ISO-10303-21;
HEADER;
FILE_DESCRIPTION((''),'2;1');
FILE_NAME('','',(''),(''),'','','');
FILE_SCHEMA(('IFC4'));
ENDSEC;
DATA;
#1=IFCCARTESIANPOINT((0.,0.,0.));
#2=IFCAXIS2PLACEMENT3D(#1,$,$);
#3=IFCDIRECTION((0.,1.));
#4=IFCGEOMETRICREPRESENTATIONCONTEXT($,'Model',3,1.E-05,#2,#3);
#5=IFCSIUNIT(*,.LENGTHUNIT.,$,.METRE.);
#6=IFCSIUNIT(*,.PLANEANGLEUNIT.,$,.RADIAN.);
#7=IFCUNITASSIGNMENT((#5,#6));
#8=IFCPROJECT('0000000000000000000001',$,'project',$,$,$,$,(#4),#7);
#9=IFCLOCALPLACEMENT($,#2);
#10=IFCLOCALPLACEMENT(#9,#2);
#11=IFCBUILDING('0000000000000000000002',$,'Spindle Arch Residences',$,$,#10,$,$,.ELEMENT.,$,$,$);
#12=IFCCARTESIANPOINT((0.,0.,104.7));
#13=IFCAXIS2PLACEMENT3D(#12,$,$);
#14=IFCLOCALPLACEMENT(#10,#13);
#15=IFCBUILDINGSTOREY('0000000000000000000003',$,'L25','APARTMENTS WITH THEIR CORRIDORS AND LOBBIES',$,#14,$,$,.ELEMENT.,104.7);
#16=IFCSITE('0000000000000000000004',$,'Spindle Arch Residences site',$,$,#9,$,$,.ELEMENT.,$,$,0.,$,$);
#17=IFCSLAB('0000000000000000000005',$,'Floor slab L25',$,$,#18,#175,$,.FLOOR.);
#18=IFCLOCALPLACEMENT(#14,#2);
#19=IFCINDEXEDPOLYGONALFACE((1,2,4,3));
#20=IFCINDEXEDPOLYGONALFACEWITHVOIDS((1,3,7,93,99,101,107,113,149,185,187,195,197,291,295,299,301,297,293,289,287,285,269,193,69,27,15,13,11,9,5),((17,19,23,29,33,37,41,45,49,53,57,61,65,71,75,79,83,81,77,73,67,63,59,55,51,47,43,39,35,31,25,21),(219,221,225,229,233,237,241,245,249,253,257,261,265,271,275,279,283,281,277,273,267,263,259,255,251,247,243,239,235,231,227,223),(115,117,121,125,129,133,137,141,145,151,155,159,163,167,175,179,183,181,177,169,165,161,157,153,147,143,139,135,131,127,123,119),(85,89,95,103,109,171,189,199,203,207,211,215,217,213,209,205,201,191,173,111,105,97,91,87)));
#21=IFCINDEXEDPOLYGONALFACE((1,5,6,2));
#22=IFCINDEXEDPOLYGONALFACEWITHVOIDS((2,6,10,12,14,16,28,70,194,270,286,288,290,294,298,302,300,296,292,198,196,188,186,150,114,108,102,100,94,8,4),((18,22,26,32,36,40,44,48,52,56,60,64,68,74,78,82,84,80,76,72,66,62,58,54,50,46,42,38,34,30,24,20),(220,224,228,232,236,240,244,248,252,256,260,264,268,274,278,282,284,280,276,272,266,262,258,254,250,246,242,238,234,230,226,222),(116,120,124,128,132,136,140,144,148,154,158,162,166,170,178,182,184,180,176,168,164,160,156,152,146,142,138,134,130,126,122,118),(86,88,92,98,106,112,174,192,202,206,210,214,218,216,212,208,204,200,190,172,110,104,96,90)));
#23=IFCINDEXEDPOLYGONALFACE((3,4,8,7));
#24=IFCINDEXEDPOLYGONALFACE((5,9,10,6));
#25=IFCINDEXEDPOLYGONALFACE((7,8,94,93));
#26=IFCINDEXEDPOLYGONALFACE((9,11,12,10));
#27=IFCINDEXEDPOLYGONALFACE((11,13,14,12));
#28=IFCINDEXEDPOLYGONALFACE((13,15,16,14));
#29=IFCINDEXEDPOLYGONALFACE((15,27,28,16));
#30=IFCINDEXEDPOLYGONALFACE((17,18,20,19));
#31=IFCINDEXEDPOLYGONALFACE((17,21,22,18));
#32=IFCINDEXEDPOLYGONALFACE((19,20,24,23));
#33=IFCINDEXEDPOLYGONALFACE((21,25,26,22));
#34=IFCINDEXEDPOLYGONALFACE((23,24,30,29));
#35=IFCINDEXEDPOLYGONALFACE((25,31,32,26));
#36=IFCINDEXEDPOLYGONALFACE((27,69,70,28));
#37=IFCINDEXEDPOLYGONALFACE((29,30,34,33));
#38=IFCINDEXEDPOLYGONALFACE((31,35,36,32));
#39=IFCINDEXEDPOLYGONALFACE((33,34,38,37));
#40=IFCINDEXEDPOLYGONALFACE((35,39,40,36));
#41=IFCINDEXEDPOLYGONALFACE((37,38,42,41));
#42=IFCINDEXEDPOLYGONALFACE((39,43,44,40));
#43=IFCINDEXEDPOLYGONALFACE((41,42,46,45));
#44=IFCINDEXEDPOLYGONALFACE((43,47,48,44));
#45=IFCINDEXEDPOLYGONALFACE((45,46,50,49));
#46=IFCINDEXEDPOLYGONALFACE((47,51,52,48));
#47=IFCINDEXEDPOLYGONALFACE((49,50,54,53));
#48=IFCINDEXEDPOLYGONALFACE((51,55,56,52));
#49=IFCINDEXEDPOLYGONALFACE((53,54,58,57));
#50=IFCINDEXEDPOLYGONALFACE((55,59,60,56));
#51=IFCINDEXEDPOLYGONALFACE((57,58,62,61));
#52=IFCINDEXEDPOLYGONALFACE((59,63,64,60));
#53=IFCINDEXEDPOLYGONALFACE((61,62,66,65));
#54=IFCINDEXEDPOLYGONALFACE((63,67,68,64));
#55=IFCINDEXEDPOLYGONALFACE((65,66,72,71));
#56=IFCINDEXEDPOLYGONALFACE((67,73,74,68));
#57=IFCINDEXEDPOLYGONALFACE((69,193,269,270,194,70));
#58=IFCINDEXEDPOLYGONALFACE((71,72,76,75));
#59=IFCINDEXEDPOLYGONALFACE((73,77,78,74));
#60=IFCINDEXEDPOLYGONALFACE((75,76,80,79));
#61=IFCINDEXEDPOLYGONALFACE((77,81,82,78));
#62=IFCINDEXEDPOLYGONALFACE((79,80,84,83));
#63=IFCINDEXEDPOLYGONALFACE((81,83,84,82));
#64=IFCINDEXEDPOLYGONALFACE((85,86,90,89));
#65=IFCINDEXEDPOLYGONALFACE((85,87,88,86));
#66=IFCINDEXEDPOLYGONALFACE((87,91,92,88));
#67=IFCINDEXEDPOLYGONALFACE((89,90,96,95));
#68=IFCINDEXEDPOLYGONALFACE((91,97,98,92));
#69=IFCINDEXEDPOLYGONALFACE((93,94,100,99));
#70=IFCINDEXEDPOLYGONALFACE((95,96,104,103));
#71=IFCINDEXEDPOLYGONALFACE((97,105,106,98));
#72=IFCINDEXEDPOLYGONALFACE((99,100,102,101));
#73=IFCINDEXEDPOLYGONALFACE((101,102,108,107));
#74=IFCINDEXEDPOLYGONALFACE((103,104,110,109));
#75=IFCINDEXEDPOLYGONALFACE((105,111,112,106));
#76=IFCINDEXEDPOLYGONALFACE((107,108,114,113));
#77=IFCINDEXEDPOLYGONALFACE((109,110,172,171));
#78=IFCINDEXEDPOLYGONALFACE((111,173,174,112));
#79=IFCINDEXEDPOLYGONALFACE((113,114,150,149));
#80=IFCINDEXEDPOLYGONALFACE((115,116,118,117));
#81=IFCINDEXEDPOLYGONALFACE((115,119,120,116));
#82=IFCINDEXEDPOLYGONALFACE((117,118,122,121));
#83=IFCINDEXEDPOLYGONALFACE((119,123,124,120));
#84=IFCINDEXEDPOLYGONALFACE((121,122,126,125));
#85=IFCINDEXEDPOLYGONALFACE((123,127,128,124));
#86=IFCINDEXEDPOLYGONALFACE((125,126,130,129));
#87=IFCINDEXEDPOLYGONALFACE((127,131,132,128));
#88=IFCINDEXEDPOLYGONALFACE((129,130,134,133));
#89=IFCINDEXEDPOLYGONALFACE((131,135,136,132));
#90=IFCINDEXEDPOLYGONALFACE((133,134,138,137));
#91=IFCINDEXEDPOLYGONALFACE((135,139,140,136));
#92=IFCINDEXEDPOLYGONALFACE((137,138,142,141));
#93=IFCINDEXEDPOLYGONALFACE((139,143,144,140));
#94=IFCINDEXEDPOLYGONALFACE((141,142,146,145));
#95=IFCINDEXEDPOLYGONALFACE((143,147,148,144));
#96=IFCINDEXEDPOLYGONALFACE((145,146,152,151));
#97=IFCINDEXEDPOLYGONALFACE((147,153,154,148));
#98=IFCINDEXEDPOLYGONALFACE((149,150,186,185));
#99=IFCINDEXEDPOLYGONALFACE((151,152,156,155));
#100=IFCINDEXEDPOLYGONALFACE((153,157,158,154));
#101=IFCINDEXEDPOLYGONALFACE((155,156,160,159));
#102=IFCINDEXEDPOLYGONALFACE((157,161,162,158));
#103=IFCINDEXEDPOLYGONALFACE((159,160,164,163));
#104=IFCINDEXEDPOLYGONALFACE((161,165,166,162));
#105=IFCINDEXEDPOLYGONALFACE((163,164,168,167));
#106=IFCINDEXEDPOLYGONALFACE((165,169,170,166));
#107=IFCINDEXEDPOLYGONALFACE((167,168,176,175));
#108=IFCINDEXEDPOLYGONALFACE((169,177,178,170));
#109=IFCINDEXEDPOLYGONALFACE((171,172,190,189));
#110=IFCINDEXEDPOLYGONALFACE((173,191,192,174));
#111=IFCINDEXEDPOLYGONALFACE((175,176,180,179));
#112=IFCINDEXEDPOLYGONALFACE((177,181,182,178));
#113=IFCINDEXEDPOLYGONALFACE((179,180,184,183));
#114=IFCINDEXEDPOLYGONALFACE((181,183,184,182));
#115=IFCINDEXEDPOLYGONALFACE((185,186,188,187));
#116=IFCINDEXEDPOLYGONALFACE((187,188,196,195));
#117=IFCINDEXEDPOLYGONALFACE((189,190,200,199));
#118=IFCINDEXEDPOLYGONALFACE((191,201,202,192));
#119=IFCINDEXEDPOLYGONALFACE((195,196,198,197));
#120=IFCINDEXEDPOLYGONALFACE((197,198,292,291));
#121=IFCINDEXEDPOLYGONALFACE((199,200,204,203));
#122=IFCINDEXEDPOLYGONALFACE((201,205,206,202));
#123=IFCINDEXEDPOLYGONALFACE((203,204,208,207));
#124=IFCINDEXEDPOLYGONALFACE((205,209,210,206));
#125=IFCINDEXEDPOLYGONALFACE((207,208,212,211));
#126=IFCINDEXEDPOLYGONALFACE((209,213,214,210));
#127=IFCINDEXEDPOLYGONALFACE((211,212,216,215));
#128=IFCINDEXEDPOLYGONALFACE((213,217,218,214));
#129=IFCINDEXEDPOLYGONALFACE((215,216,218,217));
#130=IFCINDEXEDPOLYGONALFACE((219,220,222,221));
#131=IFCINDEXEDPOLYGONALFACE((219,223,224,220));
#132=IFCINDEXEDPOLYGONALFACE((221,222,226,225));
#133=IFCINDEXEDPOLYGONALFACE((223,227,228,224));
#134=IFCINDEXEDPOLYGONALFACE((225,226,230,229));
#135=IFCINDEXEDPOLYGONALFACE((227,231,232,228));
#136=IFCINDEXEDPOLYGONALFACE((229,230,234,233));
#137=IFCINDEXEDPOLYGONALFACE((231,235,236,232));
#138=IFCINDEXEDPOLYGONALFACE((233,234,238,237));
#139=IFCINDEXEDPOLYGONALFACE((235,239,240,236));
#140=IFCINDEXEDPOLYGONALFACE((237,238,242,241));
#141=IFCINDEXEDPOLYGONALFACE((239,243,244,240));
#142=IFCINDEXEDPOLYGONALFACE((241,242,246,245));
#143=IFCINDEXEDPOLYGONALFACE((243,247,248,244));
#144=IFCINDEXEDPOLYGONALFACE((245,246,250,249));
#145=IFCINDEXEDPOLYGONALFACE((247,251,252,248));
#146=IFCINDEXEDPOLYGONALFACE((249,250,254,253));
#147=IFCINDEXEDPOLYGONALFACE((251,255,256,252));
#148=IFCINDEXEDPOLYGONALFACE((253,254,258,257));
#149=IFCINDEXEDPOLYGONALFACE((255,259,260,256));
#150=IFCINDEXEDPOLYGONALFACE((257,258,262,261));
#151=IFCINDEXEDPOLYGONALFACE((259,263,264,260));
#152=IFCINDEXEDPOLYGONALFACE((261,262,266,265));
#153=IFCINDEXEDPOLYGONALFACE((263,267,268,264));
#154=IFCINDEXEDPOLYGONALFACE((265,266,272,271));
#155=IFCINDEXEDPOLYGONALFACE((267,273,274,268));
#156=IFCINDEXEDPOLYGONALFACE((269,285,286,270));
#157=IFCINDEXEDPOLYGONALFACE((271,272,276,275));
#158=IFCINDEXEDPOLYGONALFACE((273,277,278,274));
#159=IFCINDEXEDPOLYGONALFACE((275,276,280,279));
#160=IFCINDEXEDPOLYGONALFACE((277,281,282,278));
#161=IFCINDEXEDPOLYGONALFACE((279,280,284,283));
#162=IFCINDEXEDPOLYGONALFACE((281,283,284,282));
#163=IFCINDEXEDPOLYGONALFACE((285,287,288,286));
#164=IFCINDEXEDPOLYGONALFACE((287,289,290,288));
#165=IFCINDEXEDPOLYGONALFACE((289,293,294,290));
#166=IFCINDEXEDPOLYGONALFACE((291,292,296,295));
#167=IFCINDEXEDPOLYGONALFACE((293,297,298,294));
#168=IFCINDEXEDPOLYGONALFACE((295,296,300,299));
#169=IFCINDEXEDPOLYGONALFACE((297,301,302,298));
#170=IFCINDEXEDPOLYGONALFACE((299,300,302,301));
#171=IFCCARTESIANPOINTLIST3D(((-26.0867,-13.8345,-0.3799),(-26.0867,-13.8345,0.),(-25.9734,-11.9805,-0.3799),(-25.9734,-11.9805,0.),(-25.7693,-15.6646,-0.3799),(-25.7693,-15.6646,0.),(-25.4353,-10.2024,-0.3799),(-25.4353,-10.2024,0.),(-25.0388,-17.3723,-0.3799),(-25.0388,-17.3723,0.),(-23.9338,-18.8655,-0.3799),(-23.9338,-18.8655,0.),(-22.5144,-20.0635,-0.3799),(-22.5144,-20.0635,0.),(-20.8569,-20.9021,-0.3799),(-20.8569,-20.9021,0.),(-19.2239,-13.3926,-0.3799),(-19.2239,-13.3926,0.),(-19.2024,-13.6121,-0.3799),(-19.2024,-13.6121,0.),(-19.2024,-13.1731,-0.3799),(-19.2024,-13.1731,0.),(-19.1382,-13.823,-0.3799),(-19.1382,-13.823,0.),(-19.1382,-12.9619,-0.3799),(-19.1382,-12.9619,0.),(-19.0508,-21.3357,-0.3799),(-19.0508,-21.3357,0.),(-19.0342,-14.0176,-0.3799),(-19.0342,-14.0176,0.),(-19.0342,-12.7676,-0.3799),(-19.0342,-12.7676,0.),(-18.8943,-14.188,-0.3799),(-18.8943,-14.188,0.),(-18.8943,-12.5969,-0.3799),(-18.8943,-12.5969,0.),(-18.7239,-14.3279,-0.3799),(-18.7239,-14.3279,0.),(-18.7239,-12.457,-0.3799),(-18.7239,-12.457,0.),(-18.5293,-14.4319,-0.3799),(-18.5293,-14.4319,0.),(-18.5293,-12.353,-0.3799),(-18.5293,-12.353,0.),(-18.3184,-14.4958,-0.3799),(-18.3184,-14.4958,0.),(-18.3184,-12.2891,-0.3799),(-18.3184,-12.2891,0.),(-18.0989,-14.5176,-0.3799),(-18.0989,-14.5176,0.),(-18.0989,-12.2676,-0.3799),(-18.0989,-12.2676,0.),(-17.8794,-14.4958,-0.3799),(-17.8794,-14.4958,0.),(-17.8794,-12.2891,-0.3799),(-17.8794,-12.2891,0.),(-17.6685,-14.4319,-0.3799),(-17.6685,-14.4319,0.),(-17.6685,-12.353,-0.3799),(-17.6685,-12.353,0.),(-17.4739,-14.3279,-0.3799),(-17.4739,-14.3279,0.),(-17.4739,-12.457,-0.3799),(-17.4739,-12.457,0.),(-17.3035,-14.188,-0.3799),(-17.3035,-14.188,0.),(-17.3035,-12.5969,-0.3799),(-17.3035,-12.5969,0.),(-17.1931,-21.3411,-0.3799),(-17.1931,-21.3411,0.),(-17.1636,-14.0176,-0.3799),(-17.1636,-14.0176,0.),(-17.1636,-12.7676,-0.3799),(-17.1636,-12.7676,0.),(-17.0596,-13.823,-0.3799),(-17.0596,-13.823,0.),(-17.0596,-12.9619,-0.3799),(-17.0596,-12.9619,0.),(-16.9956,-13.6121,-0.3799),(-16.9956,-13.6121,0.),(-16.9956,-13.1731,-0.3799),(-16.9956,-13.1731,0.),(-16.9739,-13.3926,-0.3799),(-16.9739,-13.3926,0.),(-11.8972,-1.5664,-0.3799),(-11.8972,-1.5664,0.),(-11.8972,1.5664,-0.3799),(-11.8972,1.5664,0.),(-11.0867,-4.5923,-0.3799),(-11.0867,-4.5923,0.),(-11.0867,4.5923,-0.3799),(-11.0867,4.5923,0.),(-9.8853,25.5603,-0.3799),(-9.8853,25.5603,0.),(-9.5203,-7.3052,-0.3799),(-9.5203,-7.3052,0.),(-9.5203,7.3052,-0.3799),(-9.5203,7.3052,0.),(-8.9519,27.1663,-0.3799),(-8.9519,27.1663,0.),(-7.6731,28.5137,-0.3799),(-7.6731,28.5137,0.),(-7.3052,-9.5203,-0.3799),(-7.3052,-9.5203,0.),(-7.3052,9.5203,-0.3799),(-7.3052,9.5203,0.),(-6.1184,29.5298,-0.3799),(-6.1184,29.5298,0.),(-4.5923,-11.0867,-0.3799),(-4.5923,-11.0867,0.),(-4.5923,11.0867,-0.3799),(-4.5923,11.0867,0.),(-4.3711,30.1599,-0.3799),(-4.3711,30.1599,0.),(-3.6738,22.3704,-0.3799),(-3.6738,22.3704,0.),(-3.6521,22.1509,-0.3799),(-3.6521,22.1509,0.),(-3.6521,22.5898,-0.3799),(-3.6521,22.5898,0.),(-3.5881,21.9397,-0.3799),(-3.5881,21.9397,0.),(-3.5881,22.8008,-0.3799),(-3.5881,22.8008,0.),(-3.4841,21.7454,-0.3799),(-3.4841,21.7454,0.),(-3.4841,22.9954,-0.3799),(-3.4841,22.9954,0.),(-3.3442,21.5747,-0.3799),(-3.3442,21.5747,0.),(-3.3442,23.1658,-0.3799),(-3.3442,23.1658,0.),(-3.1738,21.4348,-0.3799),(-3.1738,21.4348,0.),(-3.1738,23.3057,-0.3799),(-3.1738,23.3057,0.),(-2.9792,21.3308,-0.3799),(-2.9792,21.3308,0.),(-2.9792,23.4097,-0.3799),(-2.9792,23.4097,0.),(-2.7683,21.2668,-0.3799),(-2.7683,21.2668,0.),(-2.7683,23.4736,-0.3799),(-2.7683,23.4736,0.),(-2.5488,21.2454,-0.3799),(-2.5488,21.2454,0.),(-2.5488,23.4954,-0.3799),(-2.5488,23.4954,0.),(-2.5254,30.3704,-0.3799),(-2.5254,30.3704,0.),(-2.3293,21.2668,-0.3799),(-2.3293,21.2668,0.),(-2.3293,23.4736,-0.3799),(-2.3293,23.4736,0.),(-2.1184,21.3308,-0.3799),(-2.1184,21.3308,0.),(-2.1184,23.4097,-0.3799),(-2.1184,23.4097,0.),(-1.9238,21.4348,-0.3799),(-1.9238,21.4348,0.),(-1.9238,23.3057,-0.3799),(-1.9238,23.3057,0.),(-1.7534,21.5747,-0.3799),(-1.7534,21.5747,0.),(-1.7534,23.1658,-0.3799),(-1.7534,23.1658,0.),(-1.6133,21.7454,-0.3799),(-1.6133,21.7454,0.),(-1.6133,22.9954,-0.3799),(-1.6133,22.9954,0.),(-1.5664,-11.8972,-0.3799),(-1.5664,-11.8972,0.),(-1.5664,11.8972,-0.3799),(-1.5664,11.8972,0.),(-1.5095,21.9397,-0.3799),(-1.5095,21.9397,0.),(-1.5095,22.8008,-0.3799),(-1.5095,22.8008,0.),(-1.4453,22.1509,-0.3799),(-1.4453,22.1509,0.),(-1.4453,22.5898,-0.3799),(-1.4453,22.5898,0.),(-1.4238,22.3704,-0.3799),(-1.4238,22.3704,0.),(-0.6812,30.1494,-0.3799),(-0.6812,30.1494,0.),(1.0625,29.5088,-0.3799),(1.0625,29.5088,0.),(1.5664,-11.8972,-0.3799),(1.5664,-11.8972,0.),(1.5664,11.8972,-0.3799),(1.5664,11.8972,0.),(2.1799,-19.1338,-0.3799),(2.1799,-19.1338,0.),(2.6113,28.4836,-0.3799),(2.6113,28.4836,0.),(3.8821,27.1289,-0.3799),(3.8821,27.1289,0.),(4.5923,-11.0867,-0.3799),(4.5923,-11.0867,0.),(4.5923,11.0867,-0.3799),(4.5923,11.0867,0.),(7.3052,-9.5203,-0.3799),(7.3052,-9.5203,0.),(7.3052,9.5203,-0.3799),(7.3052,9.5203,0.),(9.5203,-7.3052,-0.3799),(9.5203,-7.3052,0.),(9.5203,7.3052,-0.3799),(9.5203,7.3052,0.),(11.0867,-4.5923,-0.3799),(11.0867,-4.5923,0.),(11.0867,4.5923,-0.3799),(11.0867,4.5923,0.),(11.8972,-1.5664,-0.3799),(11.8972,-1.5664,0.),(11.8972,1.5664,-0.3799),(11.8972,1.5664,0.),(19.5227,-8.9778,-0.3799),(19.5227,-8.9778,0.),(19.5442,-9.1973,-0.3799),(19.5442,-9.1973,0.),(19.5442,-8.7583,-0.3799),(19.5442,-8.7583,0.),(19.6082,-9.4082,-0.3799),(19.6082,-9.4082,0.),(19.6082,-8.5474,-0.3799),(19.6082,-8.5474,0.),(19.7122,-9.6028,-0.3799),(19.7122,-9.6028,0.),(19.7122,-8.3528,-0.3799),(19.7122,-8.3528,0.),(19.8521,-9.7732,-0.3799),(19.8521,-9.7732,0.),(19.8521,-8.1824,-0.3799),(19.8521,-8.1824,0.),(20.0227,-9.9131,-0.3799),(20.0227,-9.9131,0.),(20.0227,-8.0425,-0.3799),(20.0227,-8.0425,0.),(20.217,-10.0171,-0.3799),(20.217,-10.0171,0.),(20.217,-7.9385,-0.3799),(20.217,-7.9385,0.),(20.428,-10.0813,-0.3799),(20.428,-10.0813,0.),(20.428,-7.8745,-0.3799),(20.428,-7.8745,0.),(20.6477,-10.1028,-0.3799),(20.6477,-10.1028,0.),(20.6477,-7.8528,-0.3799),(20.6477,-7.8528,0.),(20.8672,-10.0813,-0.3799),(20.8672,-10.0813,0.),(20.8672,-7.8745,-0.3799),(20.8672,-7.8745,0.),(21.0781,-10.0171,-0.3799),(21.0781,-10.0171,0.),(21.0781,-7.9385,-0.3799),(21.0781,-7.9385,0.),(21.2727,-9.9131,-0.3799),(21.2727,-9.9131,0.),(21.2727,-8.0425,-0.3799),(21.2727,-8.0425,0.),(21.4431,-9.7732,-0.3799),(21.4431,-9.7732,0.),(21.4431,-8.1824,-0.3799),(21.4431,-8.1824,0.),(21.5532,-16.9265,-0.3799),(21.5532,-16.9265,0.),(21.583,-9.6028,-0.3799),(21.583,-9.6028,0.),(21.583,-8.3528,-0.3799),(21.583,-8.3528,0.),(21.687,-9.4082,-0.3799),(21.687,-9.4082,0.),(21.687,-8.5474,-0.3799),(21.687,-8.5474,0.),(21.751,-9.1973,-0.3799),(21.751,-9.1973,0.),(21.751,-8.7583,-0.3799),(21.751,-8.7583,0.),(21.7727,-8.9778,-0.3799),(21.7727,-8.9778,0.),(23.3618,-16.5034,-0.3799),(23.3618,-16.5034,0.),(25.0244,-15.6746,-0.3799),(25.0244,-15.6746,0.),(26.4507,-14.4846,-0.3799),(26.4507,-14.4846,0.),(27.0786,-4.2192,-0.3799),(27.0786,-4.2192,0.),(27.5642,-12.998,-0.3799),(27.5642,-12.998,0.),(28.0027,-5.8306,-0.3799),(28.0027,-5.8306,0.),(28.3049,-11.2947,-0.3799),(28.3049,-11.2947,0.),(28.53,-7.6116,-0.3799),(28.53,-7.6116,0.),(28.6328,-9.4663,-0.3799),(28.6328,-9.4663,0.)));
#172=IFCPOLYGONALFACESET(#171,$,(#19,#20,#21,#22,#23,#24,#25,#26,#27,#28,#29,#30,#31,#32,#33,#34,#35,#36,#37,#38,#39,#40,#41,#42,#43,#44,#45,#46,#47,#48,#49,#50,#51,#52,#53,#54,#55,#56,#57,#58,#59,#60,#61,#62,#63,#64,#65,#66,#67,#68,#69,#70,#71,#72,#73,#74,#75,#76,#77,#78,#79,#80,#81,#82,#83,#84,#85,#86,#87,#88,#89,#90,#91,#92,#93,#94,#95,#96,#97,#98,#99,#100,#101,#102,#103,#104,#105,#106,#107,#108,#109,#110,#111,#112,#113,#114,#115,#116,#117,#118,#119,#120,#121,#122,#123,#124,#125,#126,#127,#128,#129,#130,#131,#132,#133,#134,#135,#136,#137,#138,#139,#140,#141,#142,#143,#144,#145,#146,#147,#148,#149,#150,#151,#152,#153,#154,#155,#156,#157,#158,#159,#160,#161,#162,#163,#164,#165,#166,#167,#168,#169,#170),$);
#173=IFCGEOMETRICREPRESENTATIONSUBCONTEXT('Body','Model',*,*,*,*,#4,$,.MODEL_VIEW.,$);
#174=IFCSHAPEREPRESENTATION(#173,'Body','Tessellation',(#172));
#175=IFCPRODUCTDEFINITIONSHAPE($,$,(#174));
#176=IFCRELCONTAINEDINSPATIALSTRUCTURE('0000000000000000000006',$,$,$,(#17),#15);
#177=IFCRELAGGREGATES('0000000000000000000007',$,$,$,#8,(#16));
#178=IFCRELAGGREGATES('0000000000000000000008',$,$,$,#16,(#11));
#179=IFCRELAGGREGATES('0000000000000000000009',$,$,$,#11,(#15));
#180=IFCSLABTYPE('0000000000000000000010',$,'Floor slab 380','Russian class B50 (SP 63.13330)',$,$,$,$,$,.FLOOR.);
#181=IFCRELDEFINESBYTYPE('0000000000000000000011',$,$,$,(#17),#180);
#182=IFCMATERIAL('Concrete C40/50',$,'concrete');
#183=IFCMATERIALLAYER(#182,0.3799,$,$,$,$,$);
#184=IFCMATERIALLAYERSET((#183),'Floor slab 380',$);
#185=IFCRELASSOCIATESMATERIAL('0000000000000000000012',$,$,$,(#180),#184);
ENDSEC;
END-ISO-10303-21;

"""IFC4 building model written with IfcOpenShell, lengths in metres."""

from ifc_helpers import new_model, si_unit, direction, frame, origin, place, context, subcontext, project, spatial, polyline, outline, extrude, material, layer, layer_set, type_object, element, save


model = new_model("IFC4")

# Units and contexts
model_context = context("Model", 3, precision=1e-05, world=origin(), true_north=direction((0.0, 1.0)))
body_context = subcontext(model_context, "Body", "Model", "MODEL_VIEW")
ifc_project = project(units=[si_unit("LENGTHUNIT", "METRE"), si_unit("PLANEANGLEUNIT", "RADIAN")], contexts=[model_context])

# Site, building, storey
site_placement = place(None, origin())
site = spatial("IfcSite", under=ifc_project, at=site_placement, Name="Spindle Arch Residences site", CompositionType="ELEMENT", RefElevation=0.0)
building_placement = place(site_placement, origin())
building = spatial("IfcBuilding", under=site, at=building_placement, Name="Spindle Arch Residences", CompositionType="ELEMENT")
storey_placement = place(building_placement, frame((0.0, 0.0, 104.7)))
storey = spatial("IfcBuildingStorey", under=building, at=storey_placement, Name="L25", Description="APARTMENTS WITH THEIR CORRIDORS AND LOBBIES", CompositionType="ELEMENT", Elevation=104.7)

# Slab
ifc_material_1 = material(Name="Concrete C40/50", Category="concrete")
ifc_layer_1 = layer(ifc_material_1, 0.3799)
ifc_layer_set_1 = layer_set([ifc_layer_1], Name="Floor slab 380")
slab_type_1 = type_object("IfcSlabType", Name="Floor slab 380", Description="Russian class B50 (SP 63.13330)", PredefinedType="FLOOR", material=ifc_layer_set_1)
slab_1_placement = place(storey_placement, frame((0.0, 0.0, -0.3799)))
element("IfcSlab", 1, at=slab_1_placement, inside=storey, type_object=slab_type_1, Name="Floor slab L25", PredefinedType="FLOOR", context=body_context, shape_type="SweptSolid", body=[
    extrude(outline(polyline([(-19.0508, -21.3357), (-20.8569, -20.9021), (-22.5144, -20.0635), (-23.9338, -18.8655), (-25.0388, -17.3723), (-25.7693, -15.6646), (-26.0867, -13.8345), (-25.9734, -11.9805), (-25.4353, -10.2024), (-9.8853, 25.5603), (-8.9519, 27.1663), (-7.6731, 28.5137), (-6.1184, 29.5298), (-4.3711, 30.1599), (-2.5254, 30.3704), (-0.6812, 30.1494), (1.0625, 29.5088), (2.6113, 28.4836), (3.8821, 27.1289), (27.0786, -4.2192), (28.0027, -5.8306), (28.53, -7.6116), (28.6328, -9.4663), (28.3049, -11.2947), (27.5642, -12.998), (26.4507, -14.4846), (25.0244, -15.6746), (23.3618, -16.5034), (21.5532, -16.9265), (2.1799, -19.1338), (-17.1931, -21.3411), (-19.0508, -21.3357)]), holes=[polyline([(7.3052, -9.5203), (9.5203, -7.3052), (11.0867, -4.5923), (11.8972, -1.5664), (11.8972, 1.5664), (11.0867, 4.5923), (9.5203, 7.3052), (7.3052, 9.5203), (4.5923, 11.0867), (1.5664, 11.8972), (-1.5664, 11.8972), (-4.5923, 11.0867), (-7.3052, 9.5203), (-9.5203, 7.3052), (-11.0867, 4.5923), (-11.8972, 1.5664), (-11.8972, -1.5664), (-11.0867, -4.5923), (-9.5203, -7.3052), (-7.3052, -9.5203), (-4.5923, -11.0867), (-1.5664, -11.8972), (1.5664, -11.8972), (4.5923, -11.0867), (7.3052, -9.5203)]), polyline([(-17.3035, -14.188), (-17.1636, -14.0176), (-17.0596, -13.823), (-16.9956, -13.6121), (-16.9739, -13.3926), (-16.9956, -13.1731), (-17.0596, -12.9619), (-17.1636, -12.7676), (-17.3035, -12.5969), (-17.4739, -12.457), (-17.6685, -12.353), (-17.8794, -12.2891), (-18.0989, -12.2676), (-18.3184, -12.2891), (-18.5293, -12.353), (-18.7239, -12.457), (-18.8943, -12.5969), (-19.0342, -12.7676), (-19.1382, -12.9619), (-19.2024, -13.1731), (-19.2239, -13.3926), (-19.2024, -13.6121), (-19.1382, -13.823), (-19.0342, -14.0176), (-18.8943, -14.188), (-18.7239, -14.3279), (-18.5293, -14.4319), (-18.3184, -14.4958), (-18.0989, -14.5176), (-17.8794, -14.4958), (-17.6685, -14.4319), (-17.4739, -14.3279), (-17.3035, -14.188)]), polyline([(-1.7534, 21.5747), (-1.6133, 21.7454), (-1.5095, 21.9397), (-1.4453, 22.1509), (-1.4238, 22.3704), (-1.4453, 22.5898), (-1.5095, 22.8008), (-1.6133, 22.9954), (-1.7534, 23.1658), (-1.9238, 23.3057), (-2.1184, 23.4097), (-2.3293, 23.4736), (-2.5488, 23.4954), (-2.7683, 23.4736), (-2.9792, 23.4097), (-3.1738, 23.3057), (-3.3442, 23.1658), (-3.4841, 22.9954), (-3.5881, 22.8008), (-3.6521, 22.5898), (-3.6738, 22.3704), (-3.6521, 22.1509), (-3.5881, 21.9397), (-3.4841, 21.7454), (-3.3442, 21.5747), (-3.1738, 21.4348), (-2.9792, 21.3308), (-2.7683, 21.2668), (-2.5488, 21.2454), (-2.3293, 21.2668), (-2.1184, 21.3308), (-1.9238, 21.4348), (-1.7534, 21.5747)]), polyline([(21.4431, -9.7732), (21.583, -9.6028), (21.687, -9.4082), (21.751, -9.1973), (21.7727, -8.9778), (21.751, -8.7583), (21.687, -8.5474), (21.583, -8.3528), (21.4431, -8.1824), (21.2727, -8.0425), (21.0781, -7.9385), (20.8672, -7.8745), (20.6477, -7.8528), (20.428, -7.8745), (20.217, -7.9385), (20.0227, -8.0425), (19.8521, -8.1824), (19.7122, -8.3528), (19.6082, -8.5474), (19.5442, -8.7583), (19.5227, -8.9778), (19.5442, -9.1973), (19.6082, -9.4082), (19.7122, -9.6028), (19.8521, -9.7732), (20.0227, -9.9131), (20.217, -10.0171), (20.428, -10.0813), (20.6477, -10.1028), (20.8672, -10.0813), (21.0781, -10.0171), (21.2727, -9.9131), (21.4431, -9.7732)])]), origin(), (0.0, 0.0, 1.0), 0.3799),
])

save(model, "model.ifc")
